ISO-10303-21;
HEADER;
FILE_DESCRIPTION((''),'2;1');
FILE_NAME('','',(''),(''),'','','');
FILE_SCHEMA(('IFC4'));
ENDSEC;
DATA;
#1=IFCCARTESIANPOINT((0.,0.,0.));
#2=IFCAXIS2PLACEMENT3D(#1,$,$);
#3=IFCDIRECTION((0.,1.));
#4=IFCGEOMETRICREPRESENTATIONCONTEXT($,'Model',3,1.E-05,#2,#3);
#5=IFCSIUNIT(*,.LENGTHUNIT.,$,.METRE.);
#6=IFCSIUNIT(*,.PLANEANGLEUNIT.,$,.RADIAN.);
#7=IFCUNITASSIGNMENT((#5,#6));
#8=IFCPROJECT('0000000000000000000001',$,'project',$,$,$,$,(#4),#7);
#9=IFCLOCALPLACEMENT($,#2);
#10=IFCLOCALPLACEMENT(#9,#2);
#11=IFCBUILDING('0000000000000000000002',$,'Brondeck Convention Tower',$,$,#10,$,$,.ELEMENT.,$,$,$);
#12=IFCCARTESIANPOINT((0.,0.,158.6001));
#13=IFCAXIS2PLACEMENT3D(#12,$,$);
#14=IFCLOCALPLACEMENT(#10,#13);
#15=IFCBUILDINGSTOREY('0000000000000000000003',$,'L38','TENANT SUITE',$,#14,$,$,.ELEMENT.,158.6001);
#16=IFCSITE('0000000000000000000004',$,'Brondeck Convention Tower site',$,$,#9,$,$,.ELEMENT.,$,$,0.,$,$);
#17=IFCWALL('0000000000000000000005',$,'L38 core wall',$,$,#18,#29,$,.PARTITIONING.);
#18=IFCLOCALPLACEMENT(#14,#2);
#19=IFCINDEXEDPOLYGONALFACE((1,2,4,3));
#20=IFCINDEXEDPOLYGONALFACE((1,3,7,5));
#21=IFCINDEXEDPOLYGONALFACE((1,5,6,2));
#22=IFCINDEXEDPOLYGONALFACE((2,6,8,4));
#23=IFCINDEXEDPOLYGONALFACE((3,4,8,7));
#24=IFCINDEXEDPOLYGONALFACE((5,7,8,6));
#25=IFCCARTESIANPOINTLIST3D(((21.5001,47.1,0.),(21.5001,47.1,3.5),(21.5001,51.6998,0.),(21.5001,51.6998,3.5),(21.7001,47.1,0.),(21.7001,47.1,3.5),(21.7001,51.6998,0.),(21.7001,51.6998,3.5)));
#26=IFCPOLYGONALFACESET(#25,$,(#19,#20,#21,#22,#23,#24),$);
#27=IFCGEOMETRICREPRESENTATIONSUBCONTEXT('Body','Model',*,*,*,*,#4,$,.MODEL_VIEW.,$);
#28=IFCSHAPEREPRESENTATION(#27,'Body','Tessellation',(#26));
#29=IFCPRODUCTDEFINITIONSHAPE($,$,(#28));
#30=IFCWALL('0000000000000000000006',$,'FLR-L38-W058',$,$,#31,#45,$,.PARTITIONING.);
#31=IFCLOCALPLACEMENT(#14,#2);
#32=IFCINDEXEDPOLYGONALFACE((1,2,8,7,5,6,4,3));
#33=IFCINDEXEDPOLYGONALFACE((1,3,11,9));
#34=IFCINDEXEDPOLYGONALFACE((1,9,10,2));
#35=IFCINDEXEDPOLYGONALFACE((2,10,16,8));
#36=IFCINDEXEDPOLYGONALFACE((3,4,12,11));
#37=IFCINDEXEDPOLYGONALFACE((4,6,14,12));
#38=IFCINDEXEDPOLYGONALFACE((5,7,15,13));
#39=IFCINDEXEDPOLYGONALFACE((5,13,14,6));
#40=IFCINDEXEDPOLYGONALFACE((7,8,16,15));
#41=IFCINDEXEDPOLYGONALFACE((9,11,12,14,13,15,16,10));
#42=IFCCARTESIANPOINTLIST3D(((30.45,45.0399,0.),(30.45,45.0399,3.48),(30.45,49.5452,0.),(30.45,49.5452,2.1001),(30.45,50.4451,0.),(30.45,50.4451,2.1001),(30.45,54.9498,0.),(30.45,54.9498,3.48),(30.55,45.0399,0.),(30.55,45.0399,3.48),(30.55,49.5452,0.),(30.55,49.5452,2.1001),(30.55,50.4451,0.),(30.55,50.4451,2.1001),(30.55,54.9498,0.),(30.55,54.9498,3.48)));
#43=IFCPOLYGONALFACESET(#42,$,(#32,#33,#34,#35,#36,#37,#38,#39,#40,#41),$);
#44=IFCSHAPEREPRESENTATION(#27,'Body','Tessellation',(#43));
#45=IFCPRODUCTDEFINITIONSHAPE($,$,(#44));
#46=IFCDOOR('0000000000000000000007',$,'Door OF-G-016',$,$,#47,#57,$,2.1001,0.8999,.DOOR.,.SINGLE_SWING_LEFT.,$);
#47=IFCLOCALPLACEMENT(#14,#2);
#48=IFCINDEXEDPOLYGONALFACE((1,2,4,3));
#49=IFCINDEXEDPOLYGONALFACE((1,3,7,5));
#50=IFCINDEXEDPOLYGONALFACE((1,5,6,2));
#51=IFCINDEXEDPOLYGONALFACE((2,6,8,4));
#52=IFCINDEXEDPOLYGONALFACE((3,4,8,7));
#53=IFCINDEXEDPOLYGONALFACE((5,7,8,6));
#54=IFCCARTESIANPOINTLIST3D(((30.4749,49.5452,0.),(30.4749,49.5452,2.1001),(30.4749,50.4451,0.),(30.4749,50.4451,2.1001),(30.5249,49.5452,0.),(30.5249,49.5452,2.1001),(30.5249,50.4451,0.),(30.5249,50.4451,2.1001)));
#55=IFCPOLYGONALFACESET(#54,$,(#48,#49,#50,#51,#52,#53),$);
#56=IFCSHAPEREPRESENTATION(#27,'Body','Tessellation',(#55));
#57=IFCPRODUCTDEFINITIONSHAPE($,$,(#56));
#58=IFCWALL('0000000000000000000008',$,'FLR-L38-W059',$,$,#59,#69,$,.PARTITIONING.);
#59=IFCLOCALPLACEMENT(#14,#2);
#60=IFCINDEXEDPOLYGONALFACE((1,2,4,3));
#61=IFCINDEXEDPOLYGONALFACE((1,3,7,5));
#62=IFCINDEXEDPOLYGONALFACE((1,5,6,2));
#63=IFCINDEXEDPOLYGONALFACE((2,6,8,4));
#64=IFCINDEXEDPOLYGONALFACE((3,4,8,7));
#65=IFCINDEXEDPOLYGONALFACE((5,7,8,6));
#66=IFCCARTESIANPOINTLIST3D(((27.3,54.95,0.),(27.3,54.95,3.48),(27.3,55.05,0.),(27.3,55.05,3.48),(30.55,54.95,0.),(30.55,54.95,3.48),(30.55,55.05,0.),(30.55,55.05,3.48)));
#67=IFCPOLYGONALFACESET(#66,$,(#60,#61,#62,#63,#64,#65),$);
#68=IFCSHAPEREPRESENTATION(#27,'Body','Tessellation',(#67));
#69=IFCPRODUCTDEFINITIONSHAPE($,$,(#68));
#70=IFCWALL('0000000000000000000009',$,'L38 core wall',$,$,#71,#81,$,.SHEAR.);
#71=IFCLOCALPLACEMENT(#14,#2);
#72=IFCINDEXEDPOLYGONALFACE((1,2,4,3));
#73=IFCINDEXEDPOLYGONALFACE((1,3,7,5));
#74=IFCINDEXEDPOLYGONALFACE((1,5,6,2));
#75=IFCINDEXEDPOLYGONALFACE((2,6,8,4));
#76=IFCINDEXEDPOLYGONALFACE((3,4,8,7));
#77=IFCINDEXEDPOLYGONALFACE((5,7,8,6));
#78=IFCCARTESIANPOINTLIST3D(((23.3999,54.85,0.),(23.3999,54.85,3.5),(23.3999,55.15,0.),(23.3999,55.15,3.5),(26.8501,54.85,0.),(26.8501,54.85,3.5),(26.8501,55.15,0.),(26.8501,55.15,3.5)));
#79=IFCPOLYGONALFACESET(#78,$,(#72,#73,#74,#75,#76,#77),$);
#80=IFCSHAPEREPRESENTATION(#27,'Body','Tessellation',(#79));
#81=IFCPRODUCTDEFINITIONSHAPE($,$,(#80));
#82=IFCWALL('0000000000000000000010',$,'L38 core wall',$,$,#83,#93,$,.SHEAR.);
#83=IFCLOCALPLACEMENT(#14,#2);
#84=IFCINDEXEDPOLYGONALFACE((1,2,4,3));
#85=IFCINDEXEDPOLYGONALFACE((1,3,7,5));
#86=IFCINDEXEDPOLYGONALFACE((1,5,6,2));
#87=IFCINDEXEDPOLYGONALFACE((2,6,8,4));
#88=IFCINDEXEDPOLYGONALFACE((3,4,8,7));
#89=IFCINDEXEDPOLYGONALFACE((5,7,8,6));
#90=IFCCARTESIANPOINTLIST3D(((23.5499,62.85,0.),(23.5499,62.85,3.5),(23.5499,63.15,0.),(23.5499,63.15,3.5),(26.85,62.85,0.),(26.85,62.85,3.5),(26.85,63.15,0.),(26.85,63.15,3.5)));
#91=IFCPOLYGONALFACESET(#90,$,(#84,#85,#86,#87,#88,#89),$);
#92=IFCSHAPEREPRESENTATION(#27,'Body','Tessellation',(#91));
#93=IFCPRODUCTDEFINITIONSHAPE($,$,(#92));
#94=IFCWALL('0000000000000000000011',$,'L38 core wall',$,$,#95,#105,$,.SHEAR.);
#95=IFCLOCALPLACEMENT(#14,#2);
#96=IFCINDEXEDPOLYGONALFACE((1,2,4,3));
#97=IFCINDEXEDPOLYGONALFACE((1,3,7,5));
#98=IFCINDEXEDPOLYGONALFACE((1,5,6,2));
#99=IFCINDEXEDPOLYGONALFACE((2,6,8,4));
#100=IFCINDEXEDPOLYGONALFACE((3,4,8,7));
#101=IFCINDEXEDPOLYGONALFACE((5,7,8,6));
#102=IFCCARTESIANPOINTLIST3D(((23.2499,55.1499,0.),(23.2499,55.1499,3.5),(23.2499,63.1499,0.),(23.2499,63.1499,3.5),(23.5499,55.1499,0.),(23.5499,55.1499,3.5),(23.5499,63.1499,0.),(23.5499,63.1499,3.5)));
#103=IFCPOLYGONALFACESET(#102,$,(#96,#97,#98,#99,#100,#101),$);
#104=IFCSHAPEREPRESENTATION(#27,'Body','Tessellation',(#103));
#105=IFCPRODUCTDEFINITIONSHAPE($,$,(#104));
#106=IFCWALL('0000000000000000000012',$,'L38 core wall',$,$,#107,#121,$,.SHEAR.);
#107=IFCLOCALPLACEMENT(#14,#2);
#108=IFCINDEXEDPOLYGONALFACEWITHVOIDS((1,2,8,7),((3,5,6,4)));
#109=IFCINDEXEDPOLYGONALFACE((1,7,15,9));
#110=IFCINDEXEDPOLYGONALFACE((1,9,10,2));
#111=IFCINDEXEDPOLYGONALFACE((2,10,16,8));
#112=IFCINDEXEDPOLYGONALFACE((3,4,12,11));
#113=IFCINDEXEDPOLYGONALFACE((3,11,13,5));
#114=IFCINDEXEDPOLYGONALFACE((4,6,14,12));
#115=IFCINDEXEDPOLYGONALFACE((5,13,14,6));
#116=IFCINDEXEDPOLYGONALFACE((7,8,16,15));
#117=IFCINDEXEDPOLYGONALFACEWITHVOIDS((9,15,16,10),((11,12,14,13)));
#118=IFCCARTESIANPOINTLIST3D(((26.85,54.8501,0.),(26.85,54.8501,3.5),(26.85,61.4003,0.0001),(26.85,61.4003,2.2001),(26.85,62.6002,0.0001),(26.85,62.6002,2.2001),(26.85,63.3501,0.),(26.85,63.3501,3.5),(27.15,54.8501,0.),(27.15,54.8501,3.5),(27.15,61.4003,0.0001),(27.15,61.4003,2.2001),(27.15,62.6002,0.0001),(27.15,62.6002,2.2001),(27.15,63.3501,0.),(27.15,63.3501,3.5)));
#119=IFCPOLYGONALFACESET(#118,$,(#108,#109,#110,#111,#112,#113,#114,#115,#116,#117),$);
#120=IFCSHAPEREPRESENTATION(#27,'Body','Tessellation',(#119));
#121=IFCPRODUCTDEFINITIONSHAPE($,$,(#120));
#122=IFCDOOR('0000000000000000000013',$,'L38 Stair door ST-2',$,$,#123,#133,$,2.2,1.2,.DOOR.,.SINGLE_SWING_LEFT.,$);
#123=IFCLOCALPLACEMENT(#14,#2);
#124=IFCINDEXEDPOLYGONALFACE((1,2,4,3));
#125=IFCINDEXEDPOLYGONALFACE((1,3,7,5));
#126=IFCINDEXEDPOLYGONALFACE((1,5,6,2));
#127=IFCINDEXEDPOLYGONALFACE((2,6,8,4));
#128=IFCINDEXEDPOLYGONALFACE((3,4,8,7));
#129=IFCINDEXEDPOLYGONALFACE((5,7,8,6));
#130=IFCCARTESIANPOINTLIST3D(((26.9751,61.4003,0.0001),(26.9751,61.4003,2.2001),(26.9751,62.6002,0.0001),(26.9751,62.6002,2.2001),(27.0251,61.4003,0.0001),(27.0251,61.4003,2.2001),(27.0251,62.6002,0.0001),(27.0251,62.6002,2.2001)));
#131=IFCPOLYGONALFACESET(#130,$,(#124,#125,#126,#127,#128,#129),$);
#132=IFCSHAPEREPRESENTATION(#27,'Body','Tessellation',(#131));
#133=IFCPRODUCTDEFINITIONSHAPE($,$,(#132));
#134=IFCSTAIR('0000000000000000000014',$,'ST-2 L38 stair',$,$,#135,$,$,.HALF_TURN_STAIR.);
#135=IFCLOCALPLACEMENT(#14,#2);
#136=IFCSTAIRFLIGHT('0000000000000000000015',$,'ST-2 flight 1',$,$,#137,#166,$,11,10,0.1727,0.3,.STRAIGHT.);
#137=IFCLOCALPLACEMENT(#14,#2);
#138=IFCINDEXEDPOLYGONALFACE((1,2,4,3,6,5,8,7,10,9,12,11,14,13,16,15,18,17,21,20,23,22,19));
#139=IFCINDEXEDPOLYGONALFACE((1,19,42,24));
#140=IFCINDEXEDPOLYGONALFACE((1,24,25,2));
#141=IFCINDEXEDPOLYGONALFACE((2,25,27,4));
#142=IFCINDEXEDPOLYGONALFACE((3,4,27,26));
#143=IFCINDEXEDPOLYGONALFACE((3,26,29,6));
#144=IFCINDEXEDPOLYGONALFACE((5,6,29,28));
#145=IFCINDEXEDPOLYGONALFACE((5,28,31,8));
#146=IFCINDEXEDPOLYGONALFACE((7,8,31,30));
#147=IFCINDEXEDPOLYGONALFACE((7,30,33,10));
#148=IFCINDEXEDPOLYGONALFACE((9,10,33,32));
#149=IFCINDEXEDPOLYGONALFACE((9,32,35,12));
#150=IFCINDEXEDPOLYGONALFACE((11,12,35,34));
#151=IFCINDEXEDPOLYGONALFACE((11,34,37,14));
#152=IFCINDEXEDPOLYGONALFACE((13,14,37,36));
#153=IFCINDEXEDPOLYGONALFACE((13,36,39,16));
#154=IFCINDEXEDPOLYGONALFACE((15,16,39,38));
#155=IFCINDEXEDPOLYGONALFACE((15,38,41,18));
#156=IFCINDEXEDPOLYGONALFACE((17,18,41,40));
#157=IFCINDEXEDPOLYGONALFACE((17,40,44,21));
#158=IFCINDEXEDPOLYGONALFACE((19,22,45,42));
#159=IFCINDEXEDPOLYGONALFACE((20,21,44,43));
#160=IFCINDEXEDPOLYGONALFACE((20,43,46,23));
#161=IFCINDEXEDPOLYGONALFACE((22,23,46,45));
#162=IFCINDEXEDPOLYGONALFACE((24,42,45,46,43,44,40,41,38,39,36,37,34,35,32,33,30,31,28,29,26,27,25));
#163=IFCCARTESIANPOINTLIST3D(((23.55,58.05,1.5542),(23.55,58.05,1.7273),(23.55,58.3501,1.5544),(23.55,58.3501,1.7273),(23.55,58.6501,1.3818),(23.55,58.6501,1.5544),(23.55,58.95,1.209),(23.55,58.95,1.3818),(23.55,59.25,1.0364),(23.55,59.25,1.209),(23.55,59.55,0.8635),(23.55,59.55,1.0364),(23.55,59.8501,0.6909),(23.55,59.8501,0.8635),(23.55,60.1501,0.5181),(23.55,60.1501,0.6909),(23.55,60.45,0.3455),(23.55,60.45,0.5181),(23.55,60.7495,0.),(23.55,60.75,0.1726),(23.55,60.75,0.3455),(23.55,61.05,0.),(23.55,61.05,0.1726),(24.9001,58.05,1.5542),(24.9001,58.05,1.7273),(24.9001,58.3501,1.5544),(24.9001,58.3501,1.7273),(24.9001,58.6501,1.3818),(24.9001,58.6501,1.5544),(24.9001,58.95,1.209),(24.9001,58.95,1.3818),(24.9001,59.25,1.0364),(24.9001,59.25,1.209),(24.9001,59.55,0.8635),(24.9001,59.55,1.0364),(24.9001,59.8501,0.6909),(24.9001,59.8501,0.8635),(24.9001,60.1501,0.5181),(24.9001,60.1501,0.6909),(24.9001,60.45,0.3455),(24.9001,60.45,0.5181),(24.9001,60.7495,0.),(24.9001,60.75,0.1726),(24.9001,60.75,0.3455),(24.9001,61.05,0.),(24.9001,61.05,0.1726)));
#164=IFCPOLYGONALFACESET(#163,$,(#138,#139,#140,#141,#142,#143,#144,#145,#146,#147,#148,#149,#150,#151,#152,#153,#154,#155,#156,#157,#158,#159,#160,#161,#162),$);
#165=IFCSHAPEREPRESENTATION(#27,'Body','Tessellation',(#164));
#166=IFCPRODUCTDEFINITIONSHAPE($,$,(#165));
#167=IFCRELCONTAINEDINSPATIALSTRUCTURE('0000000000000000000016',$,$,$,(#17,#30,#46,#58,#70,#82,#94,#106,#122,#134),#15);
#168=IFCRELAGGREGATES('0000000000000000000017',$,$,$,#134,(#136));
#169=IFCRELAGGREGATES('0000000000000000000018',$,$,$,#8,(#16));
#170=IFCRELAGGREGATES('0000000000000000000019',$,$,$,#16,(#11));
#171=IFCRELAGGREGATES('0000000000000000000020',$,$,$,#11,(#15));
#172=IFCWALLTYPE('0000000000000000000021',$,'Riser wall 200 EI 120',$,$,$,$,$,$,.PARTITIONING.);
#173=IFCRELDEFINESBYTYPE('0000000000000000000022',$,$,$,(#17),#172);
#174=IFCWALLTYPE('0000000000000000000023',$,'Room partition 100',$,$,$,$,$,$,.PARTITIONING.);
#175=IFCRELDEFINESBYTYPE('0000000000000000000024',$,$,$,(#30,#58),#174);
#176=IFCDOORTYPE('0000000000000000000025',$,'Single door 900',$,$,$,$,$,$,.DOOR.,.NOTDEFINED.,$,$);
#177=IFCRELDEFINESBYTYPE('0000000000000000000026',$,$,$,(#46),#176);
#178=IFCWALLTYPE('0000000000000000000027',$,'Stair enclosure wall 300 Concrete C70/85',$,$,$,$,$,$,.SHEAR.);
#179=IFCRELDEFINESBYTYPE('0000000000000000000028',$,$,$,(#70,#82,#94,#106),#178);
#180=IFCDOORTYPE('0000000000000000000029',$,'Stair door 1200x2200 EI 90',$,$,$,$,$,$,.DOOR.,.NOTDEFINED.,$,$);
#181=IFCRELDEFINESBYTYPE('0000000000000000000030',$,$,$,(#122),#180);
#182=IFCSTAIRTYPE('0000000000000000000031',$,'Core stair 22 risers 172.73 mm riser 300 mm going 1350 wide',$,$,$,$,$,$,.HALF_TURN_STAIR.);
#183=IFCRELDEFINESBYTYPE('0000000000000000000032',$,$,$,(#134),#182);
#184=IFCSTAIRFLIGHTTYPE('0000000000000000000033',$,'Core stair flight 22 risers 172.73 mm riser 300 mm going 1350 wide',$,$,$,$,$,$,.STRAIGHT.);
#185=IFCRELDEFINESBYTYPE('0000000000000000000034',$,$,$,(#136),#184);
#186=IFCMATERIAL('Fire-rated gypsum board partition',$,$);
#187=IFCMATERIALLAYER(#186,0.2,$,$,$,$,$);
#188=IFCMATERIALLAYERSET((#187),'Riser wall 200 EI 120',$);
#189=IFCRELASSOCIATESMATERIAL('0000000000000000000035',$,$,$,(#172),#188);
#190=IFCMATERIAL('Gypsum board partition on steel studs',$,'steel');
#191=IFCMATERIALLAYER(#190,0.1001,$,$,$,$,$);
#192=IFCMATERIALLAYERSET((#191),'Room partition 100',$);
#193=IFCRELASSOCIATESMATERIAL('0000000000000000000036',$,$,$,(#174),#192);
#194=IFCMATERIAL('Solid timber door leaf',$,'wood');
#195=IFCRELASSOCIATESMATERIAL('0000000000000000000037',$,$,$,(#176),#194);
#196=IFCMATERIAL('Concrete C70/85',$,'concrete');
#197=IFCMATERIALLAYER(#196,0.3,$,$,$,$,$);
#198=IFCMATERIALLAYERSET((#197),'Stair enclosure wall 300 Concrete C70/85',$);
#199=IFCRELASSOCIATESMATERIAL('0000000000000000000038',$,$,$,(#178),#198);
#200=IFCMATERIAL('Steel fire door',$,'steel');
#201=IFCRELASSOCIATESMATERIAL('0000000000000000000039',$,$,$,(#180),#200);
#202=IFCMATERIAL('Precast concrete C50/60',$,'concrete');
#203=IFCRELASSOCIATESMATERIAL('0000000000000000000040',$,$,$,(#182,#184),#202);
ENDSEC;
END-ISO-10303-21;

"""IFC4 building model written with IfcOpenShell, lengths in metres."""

from ifc_helpers import new_model, si_unit, direction, frame, frame_2d, origin, place, context, subcontext, project, spatial, polyline, rectangle, outline, extrude, material, layer, layer_set, type_object, element, fill, aggregate, save


model = new_model("IFC4")

# Units and contexts
model_context = context("Model", 3, precision=1e-05, world=origin(), true_north=direction((0.0, 1.0)))
body_context = subcontext(model_context, "Body", "Model", "MODEL_VIEW")
ifc_project = project(units=[si_unit("LENGTHUNIT", "METRE"), si_unit("PLANEANGLEUNIT", "RADIAN")], contexts=[model_context])

# Site, building, storey
site_placement = place(None, origin())
site = spatial("IfcSite", under=ifc_project, at=site_placement, Name="Brondeck Convention Tower site", CompositionType="ELEMENT", RefElevation=0.0)
building_placement = place(site_placement, origin())
building = spatial("IfcBuilding", under=site, at=building_placement, Name="Brondeck Convention Tower", CompositionType="ELEMENT")
storey_placement = place(building_placement, frame((0.0, 0.0, 158.6001)))
storey = spatial("IfcBuildingStorey", under=building, at=storey_placement, Name="L38", Description="TENANT SUITE", CompositionType="ELEMENT", Elevation=158.6001)

# Shared definitions
ifc_material_1 = material(Name="Concrete C70/85", Category="concrete")

# Shared definitions
ifc_material_2 = material(Name="Fire-rated gypsum board partition")
ifc_layer_1 = layer(ifc_material_2, 0.2)
ifc_layer_set_1 = layer_set([ifc_layer_1], Name="Riser wall 200 EI 120")
wall_type_1 = type_object("IfcWallType", Name="Riser wall 200 EI 120", PredefinedType="PARTITIONING", material=ifc_layer_set_1)
ifc_material_3 = material(Name="Steel fire door", Category="steel")

# Wall
wall_1_placement = place(storey_placement, frame((21.6001, 47.1001, 0.0), z_axis=(0.0, 0.0, 1.0), x_axis=(0.0, 1.0, 0.0)))
element("IfcWall", 1, at=wall_1_placement, inside=storey, type_object=wall_type_1, Name="L38 core wall", PredefinedType="PARTITIONING", context=body_context, shape_type="SweptSolid", body=[
    extrude(rectangle(XDim=4.5999, YDim=0.2, at=frame_2d((2.2998, 0.0))), origin(), (0.0, 0.0, 1.0), 3.5),
])

# Wall, opening, door
ifc_material_4 = material(Name="Gypsum board partition on steel studs", Category="steel")
ifc_layer_2 = layer(ifc_material_4, 0.1001)
ifc_layer_set_2 = layer_set([ifc_layer_2], Name="Room partition 100")
wall_type_2 = type_object("IfcWallType", Name="Room partition 100", PredefinedType="PARTITIONING", material=ifc_layer_set_2)
wall_2_placement = place(storey_placement, frame((30.5, 54.95, 0.0), z_axis=(0.0, 0.0, 1.0), x_axis=(0.0, -1.0, 0.0)))
wall_2 = element("IfcWall", 2, at=wall_2_placement, inside=storey, type_object=wall_type_2, Name="FLR-L38-W058", PredefinedType="PARTITIONING", context=body_context, shape_type="SweptSolid", body=[
    extrude(rectangle(XDim=9.9099, YDim=0.1001, at=frame_2d((4.9551, 0.0))), origin(), (0.0, 0.0, 1.0), 3.48),
])
opening_1_placement = place(wall_2_placement, frame((4.5049, 0.0, 0.0)))
opening_1 = element("IfcOpeningElement", 3, at=opening_1_placement, cuts=wall_2, PredefinedType="OPENING", context=body_context, shape_type="SweptSolid", body=[
    extrude(rectangle(XDim=0.8999, YDim=2.1001, at=frame_2d((0.45, 1.05))), frame((0.0, 0.0601, 0.0), z_axis=(0.0, -1.0, 0.0), x_axis=(1.0, 0.0, 0.0)), (0.0, 0.0, 1.0), 0.1201),
])
ifc_material_5 = material(Name="Solid timber door leaf", Category="wood")
door_type_1 = type_object("IfcDoorType", Name="Single door 900", OperationType="NOTDEFINED", PredefinedType="DOOR", material=ifc_material_5)
door_1_placement = place(opening_1_placement, origin())
door_1 = element("IfcDoor", 4, at=door_1_placement, inside=storey, type_object=door_type_1, Name="Door OF-G-016", OperationType="SINGLE_SWING_LEFT", OverallHeight=2.1001, OverallWidth=0.8999, PredefinedType="DOOR", context=body_context, shape_type="SweptSolid", body=[
    extrude(rectangle(XDim=0.8999, YDim=2.1001, at=frame_2d((0.45, 1.05))), frame((0.0, 0.0249, 0.0), z_axis=(0.0, -1.0, 0.0), x_axis=(1.0, 0.0, 0.0)), (0.0, 0.0, 1.0), 0.05),
])
fill(opening_1, door_1)

# Walls
wall_3_placement = place(storey_placement, frame((27.3, 55.0, 0.0), z_axis=(0.0, 0.0, 1.0), x_axis=(1.0, 0.0, 0.0)))
element("IfcWall", 5, at=wall_3_placement, inside=storey, type_object=wall_type_2, Name="FLR-L38-W059", PredefinedType="PARTITIONING", context=body_context, shape_type="SweptSolid", body=[
    extrude(rectangle(XDim=3.25, YDim=0.1001, at=frame_2d((1.625, 0.0))), origin(), (0.0, 0.0, 1.0), 3.48),
])
ifc_layer_3 = layer(ifc_material_1, 0.3)
ifc_layer_set_3 = layer_set([ifc_layer_3], Name="Stair enclosure wall 300 Concrete C70/85")
wall_type_3 = type_object("IfcWallType", Name="Stair enclosure wall 300 Concrete C70/85", PredefinedType="SHEAR", material=ifc_layer_set_3)
wall_4_placement = place(storey_placement, frame((23.3999, 55.0, 0.0), z_axis=(0.0, 0.0, 1.0), x_axis=(1.0, 0.0, 0.0)))
element("IfcWall", 6, at=wall_4_placement, inside=storey, type_object=wall_type_3, Name="L38 core wall", PredefinedType="SHEAR", context=body_context, shape_type="SweptSolid", body=[
    extrude(rectangle(XDim=3.4502, YDim=0.3, at=frame_2d((1.7251, 0.0))), origin(), (0.0, 0.0, 1.0), 3.5),
])
wall_5_placement = place(storey_placement, frame((23.55, 63.0, 0.0), z_axis=(0.0, 0.0, 1.0), x_axis=(1.0, 0.0, 0.0)))
element("IfcWall", 7, at=wall_5_placement, inside=storey, type_object=wall_type_3, Name="L38 core wall", PredefinedType="SHEAR", context=body_context, shape_type="SweptSolid", body=[
    extrude(rectangle(XDim=3.3, YDim=0.3, at=frame_2d((1.6499, 0.0))), origin(), (0.0, 0.0, 1.0), 3.5),
])
wall_6_placement = place(storey_placement, frame((23.3999, 55.1499, 0.0), z_axis=(0.0, 0.0, 1.0), x_axis=(0.0, 1.0, 0.0)))
element("IfcWall", 8, at=wall_6_placement, inside=storey, type_object=wall_type_3, Name="L38 core wall", PredefinedType="SHEAR", context=body_context, shape_type="SweptSolid", body=[
    extrude(rectangle(XDim=8.0, YDim=0.3, at=frame_2d((4.0, 0.0))), origin(), (0.0, 0.0, 1.0), 3.5),
])

# Wall, opening, door
wall_7_placement = place(storey_placement, frame((27.0, 54.8501, 0.0), z_axis=(0.0, 0.0, 1.0), x_axis=(0.0, 1.0, 0.0)))
wall_7 = element("IfcWall", 9, at=wall_7_placement, inside=storey, type_object=wall_type_3, Name="L38 core wall", PredefinedType="SHEAR", context=body_context, shape_type="SweptSolid", body=[
    extrude(rectangle(XDim=8.5, YDim=0.3, at=frame_2d((4.25, 0.0))), origin(), (0.0, 0.0, 1.0), 3.5),
])
opening_2_placement = place(wall_7_placement, frame((6.55, 0.0, 0.0)))
opening_2 = element("IfcOpeningElement", 10, at=opening_2_placement, cuts=wall_7, PredefinedType="OPENING", context=body_context, shape_type="SweptSolid", body=[
    extrude(rectangle(XDim=1.2, YDim=2.2, at=frame_2d((0.6001, 1.1001))), frame((0.0, 0.1599, 0.0), z_axis=(0.0, -1.0, 0.0), x_axis=(1.0, 0.0, 0.0)), (0.0, 0.0, 1.0), 0.3201),
])
door_type_2 = type_object("IfcDoorType", Name="Stair door 1200x2200 EI 90", OperationType="NOTDEFINED", PredefinedType="DOOR", material=ifc_material_3)
door_2_placement = place(opening_2_placement, origin())
door_2 = element("IfcDoor", 11, at=door_2_placement, inside=storey, type_object=door_type_2, Name="L38 Stair door ST-2", OperationType="SINGLE_SWING_LEFT", OverallHeight=2.2, OverallWidth=1.2, PredefinedType="DOOR", context=body_context, shape_type="SweptSolid", body=[
    extrude(rectangle(XDim=1.2, YDim=2.2, at=frame_2d((0.6001, 1.1001))), frame((0.0, 0.0249, 0.0), z_axis=(0.0, -1.0, 0.0), x_axis=(1.0, 0.0, 0.0)), (0.0, 0.0, 1.0), 0.05),
])
fill(opening_2, door_2)

# Stair, stair flight
ifc_material_6 = material(Name="Precast concrete C50/60", Category="concrete")
stair_type = type_object("IfcStairType", Name="Core stair 22 risers 172.73 mm riser 300 mm going 1350 wide", PredefinedType="HALF_TURN_STAIR", material=ifc_material_6)
stair_placement = place(storey_placement, origin())
stair = element("IfcStair", 12, at=stair_placement, inside=storey, type_object=stair_type, Name="ST-2 L38 stair", PredefinedType="HALF_TURN_STAIR")
stair_flight_type = type_object("IfcStairFlightType", Name="Core stair flight 22 risers 172.73 mm riser 300 mm going 1350 wide", PredefinedType="STRAIGHT", material=ifc_material_6)
stair_flight_1_placement = place(storey_placement, frame((24.2251, 61.05, 0.0), z_axis=(0.0, 0.0, 1.0), x_axis=(0.0, -1.0, 0.0)))
stair_flight_1 = element("IfcStairFlight", 13, at=stair_flight_1_placement, type_object=stair_flight_type, Name="ST-2 flight 1", NumberOfRisers=11, NumberOfTreads=10, PredefinedType="STRAIGHT", RiserHeight=0.1727, TreadLength=0.3, context=body_context, shape_type="SweptSolid", body=[
    extrude(outline(polyline([(0.0, 0.0), (0.0, 0.1726), (0.3, 0.1726), (0.3, 0.3455), (0.6001, 0.3455), (0.6001, 0.5181), (0.8999, 0.5181), (0.8999, 0.6909), (1.2, 0.6909), (1.2, 0.8635), (1.5, 0.8635), (1.5, 1.0364), (1.8, 1.0364), (1.8, 1.209), (2.1001, 1.209), (2.1001, 1.3818), (2.3999, 1.3818), (2.3999, 1.5544), (2.7, 1.5544), (2.7, 1.7273), (3.0, 1.7273), (3.0, 1.8999), (3.0, 1.5542), (0.3005, 0.0), (0.0, 0.0)])), frame((0.0, 0.675, 0.0), z_axis=(0.0, -1.0, 0.0), x_axis=(1.0, 0.0, 0.0)), (0.0, 0.0, 1.0), 1.3501),
])
aggregate(stair, [stair_flight_1])

save(model, "model.ifc")
